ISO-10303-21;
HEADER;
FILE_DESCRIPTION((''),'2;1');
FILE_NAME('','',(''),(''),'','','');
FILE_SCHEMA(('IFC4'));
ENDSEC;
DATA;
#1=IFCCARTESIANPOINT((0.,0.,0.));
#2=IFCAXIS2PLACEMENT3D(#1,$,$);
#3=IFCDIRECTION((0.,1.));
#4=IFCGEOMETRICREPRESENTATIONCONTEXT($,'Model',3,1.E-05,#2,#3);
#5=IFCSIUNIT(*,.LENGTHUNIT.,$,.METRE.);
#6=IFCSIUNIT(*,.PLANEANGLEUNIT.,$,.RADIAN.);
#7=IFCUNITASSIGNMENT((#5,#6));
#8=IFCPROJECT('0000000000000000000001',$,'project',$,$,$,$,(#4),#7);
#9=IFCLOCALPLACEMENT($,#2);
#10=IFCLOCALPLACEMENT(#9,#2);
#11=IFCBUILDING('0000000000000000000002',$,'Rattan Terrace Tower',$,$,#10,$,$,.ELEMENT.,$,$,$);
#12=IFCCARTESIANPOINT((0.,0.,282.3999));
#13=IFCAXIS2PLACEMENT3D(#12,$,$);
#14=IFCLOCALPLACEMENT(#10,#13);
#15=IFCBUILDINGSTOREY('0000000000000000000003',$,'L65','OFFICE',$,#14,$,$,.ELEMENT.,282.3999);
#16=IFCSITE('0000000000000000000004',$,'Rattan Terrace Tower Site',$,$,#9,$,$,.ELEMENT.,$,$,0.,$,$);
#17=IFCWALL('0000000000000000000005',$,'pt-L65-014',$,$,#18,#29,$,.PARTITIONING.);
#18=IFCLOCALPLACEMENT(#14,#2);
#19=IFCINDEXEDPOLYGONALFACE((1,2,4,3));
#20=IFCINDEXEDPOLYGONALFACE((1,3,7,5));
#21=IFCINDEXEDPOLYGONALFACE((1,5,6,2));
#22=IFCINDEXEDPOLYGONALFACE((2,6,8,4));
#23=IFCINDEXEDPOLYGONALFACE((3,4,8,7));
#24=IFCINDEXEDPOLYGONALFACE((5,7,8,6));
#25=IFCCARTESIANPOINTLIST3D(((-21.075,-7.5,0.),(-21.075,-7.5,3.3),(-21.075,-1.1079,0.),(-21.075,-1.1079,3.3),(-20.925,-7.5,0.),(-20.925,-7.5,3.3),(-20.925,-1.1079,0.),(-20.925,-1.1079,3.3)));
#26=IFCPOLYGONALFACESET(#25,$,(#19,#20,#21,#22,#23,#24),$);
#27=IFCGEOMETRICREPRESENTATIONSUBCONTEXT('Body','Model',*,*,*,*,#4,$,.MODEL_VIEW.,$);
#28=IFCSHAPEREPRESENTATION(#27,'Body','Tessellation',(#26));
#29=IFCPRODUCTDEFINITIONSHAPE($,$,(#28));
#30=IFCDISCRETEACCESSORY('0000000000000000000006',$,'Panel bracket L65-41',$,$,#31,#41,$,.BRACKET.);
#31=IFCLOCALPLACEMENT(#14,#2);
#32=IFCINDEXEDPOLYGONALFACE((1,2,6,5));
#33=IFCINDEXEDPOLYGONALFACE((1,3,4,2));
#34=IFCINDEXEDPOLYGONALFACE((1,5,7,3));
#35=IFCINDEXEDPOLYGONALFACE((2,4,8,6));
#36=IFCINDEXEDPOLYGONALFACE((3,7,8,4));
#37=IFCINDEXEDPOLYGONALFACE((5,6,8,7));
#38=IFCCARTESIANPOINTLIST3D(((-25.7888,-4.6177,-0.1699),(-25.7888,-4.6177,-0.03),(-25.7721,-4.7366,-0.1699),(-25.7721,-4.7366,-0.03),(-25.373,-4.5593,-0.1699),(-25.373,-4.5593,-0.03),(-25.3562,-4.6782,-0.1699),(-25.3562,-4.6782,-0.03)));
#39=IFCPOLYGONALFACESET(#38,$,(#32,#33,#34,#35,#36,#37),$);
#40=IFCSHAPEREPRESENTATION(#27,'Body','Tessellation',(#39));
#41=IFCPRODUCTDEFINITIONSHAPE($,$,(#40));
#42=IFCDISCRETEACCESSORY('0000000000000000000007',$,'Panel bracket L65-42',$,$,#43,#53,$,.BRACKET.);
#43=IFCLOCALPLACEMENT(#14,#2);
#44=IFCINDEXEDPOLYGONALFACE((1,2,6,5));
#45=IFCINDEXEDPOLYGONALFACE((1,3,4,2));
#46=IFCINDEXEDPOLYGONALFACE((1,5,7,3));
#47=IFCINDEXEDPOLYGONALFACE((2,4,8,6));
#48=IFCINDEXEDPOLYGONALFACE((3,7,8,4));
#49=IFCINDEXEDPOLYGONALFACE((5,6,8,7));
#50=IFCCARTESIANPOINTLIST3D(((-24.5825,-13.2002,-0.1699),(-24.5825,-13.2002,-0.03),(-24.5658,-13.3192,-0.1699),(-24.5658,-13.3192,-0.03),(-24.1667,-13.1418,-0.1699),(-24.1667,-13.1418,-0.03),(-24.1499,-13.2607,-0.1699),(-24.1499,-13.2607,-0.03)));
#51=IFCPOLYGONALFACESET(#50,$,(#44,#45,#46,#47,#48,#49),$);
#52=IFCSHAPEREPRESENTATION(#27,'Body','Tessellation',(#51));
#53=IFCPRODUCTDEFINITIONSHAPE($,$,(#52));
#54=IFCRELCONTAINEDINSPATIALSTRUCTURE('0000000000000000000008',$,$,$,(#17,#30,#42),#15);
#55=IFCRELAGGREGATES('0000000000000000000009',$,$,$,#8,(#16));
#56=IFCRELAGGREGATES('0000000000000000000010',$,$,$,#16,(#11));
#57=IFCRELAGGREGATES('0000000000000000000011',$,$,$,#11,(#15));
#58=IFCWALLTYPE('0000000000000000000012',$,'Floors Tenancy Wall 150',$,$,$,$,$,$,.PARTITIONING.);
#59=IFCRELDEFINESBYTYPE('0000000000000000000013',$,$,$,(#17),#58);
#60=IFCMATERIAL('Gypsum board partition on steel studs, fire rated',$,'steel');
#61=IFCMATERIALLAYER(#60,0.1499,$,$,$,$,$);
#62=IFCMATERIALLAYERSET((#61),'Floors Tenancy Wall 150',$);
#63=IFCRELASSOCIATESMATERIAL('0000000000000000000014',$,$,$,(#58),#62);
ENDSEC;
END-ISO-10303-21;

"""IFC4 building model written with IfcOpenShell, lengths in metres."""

from ifc_helpers import new_model, si_unit, direction, frame, frame_2d, origin, origin_2d, place, context, subcontext, project, spatial, rectangle, extrude, material, layer, layer_set, type_object, element, save


model = new_model("IFC4")

# Units and contexts
model_context = context("Model", 3, precision=1e-05, world=origin(), true_north=direction((0.0, 1.0)))
body_context = subcontext(model_context, "Body", "Model", "MODEL_VIEW")
ifc_project = project(units=[si_unit("LENGTHUNIT", "METRE"), si_unit("PLANEANGLEUNIT", "RADIAN")], contexts=[model_context])

# Site, building, storey
site_placement = place(None, origin())
site = spatial("IfcSite", under=ifc_project, at=site_placement, Name="Rattan Terrace Tower Site", CompositionType="ELEMENT", RefElevation=0.0)
building_placement = place(site_placement, origin())
building = spatial("IfcBuilding", under=site, at=building_placement, Name="Rattan Terrace Tower", CompositionType="ELEMENT")
storey_placement = place(building_placement, frame((0.0, 0.0, 282.3999)))
storey = spatial("IfcBuildingStorey", under=building, at=storey_placement, Name="L65", Description="OFFICE", CompositionType="ELEMENT", Elevation=282.3999)

# Shared definitions
ifc_material_1 = material(Name="Gypsum board partition on steel studs, fire rated", Category="steel")
ifc_layer_1 = layer(ifc_material_1, 0.1499)
ifc_layer_set_1 = layer_set([ifc_layer_1], Name="Floors Tenancy Wall 150")
wall_type_1 = type_object("IfcWallType", Name="Floors Tenancy Wall 150", PredefinedType="PARTITIONING", material=ifc_layer_set_1)

# Wall
wall_1_placement = place(storey_placement, frame((-21.0, -7.5, 0.0), z_axis=(0.0, 0.0, 1.0), x_axis=(0.0, 1.0, 0.0)))
element("IfcWall", 1, at=wall_1_placement, inside=storey, type_object=wall_type_1, Name="pt-L65-014", PredefinedType="PARTITIONING", context=body_context, shape_type="SweptSolid", body=[
    extrude(rectangle(XDim=6.3921, YDim=0.1499, at=frame_2d((3.196, 0.0))), origin(), (0.0, 0.0, 1.0), 3.3),
])

# Discrete accessories
for number, where, z_axis, x_axis, name in (
    (2, (-25.5725, -4.6479, -0.1699), (0.0, 0.0, 1.0), (0.139192, -0.990265, 0.0), "Panel bracket L65-41"),
    (3, (-24.3662, -13.2305, -0.1699), (0.0, 0.0, 1.0), (0.139192, -0.990265, 0.0), "Panel bracket L65-42"),
):
    element("IfcDiscreteAccessory", number, at=place(storey_placement, frame(where, z_axis=z_axis, x_axis=x_axis)), inside=storey, Name=name, PredefinedType="BRACKET", context=body_context, shape_type="SweptSolid", body=[
        extrude(rectangle(XDim=0.1201, YDim=0.4199, at=origin_2d()), origin(), (0.0, 0.0, 1.0), 0.1399),
    ])

save(model, "model.ifc")
